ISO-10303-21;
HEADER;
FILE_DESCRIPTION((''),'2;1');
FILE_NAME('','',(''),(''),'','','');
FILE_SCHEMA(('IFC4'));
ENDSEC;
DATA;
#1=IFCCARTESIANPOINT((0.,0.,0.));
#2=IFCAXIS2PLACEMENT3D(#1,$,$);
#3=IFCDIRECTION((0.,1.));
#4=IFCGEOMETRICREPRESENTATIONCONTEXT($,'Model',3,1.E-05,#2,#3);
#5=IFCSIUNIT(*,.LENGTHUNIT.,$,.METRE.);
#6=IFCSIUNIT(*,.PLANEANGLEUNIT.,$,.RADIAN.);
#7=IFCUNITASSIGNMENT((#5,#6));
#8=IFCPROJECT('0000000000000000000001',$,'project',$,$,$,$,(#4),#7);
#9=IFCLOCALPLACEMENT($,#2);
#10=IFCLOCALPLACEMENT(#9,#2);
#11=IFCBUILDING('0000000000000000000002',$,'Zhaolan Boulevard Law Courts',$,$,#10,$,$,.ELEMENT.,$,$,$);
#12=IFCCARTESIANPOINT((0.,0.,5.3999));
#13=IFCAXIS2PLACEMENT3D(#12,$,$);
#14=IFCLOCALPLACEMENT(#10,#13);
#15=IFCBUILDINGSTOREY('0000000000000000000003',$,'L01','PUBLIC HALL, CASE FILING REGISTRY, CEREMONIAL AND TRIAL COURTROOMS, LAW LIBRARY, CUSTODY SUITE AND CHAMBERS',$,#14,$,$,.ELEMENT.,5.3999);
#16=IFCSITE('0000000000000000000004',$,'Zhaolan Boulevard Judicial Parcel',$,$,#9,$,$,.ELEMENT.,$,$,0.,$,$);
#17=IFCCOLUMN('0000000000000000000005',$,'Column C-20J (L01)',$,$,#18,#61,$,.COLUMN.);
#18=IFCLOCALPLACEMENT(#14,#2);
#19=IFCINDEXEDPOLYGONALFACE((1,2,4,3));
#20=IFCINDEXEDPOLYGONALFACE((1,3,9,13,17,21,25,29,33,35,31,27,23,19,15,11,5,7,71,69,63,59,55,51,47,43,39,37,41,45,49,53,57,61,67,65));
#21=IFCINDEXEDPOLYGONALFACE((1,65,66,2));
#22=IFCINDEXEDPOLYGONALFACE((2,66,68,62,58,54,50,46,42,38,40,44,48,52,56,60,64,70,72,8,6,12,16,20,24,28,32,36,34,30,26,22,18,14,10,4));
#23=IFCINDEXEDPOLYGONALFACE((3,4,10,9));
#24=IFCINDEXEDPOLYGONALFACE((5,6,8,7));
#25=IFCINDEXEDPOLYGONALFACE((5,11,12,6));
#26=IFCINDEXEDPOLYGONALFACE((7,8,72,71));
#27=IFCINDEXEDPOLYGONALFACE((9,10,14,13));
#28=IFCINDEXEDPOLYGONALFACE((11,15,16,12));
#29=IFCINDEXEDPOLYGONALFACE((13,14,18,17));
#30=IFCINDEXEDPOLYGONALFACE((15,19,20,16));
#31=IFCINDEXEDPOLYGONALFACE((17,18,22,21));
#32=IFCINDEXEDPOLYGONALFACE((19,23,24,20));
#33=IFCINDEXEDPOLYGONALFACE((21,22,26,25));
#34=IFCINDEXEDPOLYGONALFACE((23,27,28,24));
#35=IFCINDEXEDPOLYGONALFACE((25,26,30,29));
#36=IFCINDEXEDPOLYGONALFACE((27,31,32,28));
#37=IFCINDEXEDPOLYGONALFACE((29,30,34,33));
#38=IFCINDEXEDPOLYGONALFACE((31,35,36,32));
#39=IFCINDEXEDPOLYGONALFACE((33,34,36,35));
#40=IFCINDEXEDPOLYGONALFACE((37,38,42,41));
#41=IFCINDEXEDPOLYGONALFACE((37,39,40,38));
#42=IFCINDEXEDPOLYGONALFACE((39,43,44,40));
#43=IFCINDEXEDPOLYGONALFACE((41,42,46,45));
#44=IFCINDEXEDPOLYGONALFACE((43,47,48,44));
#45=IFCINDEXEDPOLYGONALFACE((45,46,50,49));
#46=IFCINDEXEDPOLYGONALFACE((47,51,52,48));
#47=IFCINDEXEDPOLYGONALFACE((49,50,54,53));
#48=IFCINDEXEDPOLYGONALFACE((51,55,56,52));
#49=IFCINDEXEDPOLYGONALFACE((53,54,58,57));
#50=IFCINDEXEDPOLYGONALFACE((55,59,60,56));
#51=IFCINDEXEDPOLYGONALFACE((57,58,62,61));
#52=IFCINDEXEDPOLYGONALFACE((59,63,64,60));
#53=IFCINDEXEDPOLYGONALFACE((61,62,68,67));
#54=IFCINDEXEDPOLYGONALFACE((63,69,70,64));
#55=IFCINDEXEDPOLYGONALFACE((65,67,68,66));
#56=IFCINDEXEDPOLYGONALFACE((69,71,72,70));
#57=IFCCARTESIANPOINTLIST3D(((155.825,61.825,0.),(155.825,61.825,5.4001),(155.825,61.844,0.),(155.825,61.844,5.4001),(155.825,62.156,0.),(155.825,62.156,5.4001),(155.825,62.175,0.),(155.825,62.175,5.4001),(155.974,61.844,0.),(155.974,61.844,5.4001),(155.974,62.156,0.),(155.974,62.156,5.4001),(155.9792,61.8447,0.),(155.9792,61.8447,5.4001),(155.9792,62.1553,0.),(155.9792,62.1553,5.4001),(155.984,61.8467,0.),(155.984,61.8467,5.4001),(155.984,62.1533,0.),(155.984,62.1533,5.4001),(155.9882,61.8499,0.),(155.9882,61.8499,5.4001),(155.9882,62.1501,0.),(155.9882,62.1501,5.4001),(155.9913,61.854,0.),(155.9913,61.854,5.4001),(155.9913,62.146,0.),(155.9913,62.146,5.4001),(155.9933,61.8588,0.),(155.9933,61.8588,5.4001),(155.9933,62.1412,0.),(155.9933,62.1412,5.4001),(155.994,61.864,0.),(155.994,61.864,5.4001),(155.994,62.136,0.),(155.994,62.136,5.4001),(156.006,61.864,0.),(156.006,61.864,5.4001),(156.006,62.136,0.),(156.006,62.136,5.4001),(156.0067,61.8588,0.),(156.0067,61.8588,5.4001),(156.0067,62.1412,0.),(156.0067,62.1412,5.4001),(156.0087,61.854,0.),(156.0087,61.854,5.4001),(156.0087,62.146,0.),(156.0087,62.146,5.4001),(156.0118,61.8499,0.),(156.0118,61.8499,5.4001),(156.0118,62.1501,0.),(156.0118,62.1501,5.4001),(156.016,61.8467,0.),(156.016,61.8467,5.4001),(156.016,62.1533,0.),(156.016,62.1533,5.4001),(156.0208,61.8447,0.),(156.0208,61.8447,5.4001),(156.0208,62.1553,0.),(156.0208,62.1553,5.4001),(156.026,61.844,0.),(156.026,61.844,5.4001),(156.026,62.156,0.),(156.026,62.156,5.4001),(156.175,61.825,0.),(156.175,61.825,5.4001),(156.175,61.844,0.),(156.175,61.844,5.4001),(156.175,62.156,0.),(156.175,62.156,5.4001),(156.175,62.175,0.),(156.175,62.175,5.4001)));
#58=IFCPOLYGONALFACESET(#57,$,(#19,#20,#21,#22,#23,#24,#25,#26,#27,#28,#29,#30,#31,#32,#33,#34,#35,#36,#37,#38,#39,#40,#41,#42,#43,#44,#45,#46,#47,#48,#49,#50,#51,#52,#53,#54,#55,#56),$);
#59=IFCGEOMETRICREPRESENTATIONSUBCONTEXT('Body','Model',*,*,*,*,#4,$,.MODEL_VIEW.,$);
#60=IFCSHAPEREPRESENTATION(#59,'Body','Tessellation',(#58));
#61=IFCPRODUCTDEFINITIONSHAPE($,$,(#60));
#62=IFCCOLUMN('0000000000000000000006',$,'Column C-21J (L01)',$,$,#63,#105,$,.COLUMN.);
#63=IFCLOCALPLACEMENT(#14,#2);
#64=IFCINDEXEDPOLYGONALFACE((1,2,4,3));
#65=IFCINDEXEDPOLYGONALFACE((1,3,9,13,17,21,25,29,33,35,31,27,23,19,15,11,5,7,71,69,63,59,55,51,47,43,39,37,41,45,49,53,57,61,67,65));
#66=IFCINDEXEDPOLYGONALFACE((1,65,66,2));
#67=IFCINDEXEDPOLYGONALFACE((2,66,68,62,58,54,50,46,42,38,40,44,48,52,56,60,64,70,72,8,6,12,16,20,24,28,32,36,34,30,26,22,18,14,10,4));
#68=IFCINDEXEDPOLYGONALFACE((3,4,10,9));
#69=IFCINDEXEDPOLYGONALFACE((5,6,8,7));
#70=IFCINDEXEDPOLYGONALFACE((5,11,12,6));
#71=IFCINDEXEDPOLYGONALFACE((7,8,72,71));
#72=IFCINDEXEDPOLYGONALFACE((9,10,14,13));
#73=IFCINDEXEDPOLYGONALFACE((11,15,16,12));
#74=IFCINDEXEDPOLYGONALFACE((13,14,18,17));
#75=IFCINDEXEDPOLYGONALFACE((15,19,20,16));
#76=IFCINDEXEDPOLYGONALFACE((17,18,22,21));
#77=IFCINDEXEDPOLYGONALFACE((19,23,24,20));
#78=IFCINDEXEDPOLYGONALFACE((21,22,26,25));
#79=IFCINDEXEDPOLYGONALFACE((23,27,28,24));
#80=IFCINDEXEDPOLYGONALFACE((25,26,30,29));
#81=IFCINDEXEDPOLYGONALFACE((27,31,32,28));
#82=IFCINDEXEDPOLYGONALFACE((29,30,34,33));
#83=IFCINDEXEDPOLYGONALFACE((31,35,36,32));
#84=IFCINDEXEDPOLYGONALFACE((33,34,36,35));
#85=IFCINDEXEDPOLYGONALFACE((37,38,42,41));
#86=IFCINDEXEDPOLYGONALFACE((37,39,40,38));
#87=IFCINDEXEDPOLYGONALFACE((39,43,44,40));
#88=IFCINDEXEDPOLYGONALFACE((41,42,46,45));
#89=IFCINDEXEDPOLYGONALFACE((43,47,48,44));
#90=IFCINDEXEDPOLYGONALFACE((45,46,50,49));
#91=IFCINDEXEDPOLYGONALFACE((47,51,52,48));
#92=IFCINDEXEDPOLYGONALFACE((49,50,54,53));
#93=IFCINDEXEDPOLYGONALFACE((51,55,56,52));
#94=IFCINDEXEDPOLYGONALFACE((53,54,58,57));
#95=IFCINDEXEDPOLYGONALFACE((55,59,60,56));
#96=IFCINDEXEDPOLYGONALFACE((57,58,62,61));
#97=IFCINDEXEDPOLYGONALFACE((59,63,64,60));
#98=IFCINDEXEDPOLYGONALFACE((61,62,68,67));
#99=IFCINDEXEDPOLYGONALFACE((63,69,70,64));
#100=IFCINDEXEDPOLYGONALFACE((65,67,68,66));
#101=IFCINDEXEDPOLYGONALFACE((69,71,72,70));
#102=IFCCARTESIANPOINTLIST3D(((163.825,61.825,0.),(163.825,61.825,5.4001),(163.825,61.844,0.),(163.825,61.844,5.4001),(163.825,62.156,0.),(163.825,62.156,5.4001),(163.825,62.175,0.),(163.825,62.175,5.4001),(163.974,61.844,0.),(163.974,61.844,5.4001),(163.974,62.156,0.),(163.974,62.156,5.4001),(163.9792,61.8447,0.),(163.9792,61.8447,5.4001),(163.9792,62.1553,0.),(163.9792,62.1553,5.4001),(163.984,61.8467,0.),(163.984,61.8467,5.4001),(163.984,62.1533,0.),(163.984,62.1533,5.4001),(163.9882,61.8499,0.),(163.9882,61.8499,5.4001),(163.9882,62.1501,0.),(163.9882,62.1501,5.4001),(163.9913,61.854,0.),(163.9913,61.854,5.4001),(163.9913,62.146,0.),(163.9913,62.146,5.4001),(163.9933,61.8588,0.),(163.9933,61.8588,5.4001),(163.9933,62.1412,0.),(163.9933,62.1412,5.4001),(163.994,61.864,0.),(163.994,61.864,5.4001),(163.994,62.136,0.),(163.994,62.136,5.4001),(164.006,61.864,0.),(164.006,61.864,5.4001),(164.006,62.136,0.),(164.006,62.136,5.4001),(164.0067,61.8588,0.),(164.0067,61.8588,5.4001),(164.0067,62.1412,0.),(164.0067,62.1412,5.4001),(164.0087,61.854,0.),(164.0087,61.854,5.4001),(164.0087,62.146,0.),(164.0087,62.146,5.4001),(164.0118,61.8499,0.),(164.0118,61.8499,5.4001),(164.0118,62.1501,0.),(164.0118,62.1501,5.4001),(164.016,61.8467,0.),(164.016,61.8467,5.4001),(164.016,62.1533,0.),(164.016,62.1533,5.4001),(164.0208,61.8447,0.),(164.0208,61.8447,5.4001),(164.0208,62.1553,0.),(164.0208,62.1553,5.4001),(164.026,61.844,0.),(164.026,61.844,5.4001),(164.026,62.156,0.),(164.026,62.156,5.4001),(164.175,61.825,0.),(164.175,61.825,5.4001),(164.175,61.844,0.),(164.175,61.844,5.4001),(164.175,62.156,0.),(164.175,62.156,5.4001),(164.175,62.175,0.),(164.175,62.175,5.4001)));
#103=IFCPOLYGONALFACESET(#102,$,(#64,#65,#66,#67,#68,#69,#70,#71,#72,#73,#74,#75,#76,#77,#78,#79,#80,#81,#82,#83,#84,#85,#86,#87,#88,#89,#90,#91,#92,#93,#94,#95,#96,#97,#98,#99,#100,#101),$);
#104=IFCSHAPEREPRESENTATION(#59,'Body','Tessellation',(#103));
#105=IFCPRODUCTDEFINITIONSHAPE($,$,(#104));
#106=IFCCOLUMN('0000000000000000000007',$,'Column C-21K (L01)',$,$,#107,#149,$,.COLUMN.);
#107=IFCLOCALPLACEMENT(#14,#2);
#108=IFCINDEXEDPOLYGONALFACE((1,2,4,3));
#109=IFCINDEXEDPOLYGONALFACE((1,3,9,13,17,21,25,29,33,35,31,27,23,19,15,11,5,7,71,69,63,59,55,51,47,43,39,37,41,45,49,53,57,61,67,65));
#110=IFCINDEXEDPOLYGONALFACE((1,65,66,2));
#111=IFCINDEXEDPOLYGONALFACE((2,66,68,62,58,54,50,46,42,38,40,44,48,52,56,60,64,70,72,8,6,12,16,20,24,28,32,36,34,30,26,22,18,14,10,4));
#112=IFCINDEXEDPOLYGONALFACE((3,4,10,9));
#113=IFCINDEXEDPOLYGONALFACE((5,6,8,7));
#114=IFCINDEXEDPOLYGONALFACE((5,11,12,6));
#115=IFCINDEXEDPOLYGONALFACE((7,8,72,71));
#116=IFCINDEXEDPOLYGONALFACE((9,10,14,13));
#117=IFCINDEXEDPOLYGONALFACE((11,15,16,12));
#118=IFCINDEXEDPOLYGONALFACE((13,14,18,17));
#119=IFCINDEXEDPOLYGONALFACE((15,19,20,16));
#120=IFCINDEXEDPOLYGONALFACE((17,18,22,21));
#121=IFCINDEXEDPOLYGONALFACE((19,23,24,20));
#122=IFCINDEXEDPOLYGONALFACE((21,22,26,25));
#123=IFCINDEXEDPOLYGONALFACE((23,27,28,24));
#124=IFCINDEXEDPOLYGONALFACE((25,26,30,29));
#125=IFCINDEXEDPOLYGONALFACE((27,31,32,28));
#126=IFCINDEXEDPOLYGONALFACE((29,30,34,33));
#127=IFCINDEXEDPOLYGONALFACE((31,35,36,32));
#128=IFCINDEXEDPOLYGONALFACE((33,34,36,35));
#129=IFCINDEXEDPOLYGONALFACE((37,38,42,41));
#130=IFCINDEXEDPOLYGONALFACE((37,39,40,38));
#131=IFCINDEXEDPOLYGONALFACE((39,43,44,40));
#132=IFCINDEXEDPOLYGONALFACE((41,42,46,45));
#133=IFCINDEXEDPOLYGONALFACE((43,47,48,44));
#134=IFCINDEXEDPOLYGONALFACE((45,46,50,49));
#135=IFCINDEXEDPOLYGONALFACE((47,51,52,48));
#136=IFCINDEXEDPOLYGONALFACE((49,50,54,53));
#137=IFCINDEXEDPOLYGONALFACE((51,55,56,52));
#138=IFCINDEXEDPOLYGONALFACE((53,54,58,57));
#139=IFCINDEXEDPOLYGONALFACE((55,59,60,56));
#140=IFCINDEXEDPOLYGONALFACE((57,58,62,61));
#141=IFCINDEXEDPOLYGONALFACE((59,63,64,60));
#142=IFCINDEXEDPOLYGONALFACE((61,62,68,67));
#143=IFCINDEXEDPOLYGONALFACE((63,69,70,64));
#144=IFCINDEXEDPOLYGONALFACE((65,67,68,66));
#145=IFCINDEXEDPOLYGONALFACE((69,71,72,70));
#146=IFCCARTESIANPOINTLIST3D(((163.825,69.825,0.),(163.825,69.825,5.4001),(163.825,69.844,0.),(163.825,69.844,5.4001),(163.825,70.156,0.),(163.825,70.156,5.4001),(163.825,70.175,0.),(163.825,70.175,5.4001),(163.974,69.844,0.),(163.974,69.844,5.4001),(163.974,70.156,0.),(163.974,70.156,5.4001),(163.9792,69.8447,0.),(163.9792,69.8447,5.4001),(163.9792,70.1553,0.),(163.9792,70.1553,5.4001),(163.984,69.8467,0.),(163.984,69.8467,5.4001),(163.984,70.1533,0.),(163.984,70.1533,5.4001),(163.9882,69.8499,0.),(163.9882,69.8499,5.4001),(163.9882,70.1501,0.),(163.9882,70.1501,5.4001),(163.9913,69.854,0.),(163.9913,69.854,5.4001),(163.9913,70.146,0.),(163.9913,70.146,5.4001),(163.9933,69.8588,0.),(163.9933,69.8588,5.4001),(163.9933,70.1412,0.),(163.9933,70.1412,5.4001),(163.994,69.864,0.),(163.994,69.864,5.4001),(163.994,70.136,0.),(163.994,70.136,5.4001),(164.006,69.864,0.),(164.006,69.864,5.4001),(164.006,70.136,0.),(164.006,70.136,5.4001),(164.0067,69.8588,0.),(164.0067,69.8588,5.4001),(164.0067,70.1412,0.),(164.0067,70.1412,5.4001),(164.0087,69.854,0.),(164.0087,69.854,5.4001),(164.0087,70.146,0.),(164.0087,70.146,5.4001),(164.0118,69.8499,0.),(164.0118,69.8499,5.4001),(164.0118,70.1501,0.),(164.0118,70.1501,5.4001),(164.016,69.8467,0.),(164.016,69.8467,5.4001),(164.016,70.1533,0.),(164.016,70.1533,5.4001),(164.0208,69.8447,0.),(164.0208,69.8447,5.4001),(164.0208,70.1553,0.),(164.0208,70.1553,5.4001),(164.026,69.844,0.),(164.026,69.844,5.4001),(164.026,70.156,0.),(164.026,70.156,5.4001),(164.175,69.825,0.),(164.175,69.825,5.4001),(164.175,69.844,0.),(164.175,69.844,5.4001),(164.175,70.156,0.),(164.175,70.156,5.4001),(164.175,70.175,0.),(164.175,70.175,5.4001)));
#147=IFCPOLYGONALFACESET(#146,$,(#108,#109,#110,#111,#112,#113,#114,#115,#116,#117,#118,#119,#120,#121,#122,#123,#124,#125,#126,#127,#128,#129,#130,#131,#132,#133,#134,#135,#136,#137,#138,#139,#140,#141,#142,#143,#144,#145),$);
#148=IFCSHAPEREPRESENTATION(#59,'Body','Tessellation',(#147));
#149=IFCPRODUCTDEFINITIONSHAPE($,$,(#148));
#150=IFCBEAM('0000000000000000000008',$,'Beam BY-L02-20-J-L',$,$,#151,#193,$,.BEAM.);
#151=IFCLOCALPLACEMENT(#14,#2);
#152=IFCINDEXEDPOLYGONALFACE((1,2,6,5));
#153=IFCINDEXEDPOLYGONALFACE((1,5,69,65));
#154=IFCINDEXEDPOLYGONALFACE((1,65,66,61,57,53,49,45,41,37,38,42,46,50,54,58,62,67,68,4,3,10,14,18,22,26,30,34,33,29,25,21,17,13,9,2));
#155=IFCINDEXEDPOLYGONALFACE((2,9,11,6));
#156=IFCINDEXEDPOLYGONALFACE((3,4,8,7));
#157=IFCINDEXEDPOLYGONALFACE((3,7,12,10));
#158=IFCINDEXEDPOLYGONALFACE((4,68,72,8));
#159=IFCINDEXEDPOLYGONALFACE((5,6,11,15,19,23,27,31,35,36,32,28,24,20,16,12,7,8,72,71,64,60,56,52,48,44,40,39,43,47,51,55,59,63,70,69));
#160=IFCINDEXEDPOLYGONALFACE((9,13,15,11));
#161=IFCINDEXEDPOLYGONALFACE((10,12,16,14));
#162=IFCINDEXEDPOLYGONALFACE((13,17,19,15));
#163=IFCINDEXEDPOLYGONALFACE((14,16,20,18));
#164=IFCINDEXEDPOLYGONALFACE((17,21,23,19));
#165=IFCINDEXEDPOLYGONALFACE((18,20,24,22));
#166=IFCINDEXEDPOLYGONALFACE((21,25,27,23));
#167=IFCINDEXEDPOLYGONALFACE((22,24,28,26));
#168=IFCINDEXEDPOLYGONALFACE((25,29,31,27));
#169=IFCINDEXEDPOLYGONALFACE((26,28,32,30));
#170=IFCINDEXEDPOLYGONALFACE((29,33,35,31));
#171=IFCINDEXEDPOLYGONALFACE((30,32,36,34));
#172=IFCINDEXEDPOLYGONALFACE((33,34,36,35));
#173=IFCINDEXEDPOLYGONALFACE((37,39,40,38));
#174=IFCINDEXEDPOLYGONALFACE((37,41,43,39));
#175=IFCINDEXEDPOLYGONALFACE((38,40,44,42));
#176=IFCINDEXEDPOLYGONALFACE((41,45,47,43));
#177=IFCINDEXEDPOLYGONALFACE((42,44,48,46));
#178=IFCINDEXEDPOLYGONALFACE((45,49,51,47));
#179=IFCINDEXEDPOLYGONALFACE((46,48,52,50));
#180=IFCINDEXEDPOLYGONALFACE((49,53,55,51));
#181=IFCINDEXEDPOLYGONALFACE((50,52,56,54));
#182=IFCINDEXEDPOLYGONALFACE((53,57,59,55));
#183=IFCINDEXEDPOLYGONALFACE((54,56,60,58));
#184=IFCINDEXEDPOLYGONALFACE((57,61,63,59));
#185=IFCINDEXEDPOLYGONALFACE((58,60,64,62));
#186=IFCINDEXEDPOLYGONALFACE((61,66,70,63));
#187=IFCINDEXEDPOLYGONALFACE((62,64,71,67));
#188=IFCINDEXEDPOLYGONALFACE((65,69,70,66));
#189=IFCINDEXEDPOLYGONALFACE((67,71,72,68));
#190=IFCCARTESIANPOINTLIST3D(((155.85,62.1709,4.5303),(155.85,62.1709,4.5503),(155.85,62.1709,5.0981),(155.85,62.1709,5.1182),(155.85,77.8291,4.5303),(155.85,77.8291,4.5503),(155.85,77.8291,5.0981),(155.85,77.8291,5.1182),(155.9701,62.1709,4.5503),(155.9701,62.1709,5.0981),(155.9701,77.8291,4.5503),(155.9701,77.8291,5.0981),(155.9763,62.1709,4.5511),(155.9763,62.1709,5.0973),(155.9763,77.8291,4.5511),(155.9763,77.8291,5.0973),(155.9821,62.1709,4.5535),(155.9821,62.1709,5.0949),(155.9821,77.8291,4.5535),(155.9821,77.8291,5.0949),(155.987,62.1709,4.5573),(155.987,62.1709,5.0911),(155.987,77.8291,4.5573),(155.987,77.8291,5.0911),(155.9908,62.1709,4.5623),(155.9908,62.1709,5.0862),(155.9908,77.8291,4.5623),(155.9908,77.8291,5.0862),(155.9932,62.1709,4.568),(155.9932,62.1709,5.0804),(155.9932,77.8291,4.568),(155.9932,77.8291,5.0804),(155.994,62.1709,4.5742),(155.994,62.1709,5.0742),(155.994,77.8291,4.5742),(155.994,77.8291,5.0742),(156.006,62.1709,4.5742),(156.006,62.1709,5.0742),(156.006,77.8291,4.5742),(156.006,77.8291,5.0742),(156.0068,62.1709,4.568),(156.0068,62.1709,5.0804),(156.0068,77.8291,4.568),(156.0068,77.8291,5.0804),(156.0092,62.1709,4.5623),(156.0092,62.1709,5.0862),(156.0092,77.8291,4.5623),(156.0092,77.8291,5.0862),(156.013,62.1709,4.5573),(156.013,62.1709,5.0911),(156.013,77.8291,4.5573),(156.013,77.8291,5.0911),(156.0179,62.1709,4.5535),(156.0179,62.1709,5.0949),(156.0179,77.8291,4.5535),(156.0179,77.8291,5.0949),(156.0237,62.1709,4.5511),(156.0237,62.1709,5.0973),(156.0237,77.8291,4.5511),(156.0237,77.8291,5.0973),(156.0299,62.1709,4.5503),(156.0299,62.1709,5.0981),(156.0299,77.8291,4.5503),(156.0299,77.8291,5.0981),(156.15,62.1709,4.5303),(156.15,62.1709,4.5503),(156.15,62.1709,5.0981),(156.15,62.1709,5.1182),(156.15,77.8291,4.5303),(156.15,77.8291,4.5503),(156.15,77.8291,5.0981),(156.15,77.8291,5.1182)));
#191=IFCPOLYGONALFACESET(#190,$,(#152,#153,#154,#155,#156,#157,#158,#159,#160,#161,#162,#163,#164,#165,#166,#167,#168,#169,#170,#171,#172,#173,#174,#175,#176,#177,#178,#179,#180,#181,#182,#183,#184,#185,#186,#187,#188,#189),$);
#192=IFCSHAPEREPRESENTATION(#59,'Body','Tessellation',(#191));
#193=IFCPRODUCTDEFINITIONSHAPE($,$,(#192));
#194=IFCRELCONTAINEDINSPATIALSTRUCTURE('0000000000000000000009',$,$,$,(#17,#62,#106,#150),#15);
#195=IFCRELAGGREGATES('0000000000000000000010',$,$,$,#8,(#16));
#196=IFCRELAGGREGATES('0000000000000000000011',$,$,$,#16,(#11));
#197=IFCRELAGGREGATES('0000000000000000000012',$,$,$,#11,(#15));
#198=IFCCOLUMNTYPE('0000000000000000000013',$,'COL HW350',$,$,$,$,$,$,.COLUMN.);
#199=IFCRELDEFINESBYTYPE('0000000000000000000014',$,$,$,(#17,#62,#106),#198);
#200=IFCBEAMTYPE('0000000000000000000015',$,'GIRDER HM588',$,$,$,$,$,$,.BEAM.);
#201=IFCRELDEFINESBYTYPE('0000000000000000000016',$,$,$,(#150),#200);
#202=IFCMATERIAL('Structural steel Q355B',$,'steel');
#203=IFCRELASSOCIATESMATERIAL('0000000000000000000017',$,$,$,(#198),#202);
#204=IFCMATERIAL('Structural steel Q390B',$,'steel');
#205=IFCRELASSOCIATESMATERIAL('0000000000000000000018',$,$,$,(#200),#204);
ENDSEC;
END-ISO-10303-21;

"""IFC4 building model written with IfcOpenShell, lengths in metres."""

from ifc_helpers import new_model, si_unit, direction, frame, origin, origin_2d, place, context, subcontext, project, spatial, i_section, extrude, material, material_profile, profile_set, type_object, element, save


model = new_model("IFC4")

# Units and contexts
model_context = context("Model", 3, precision=1e-05, world=origin(), true_north=direction((0.0, 1.0)))
body_context = subcontext(model_context, "Body", "Model", "MODEL_VIEW")
ifc_project = project(units=[si_unit("LENGTHUNIT", "METRE"), si_unit("PLANEANGLEUNIT", "RADIAN")], contexts=[model_context])

# Site, building, storey
site_placement = place(None, origin())
site = spatial("IfcSite", under=ifc_project, at=site_placement, Name="Zhaolan Boulevard Judicial Parcel", CompositionType="ELEMENT", RefElevation=0.0)
building_placement = place(site_placement, origin())
building = spatial("IfcBuilding", under=site, at=building_placement, Name="Zhaolan Boulevard Law Courts", CompositionType="ELEMENT")
storey_placement = place(building_placement, frame((0.0, 0.0, 5.3999)))
storey = spatial("IfcBuildingStorey", under=building, at=storey_placement, Name="L01", Description="PUBLIC HALL, CASE FILING REGISTRY, CEREMONIAL AND TRIAL COURTROOMS, LAW LIBRARY, CUSTODY SUITE AND CHAMBERS", CompositionType="ELEMENT", Elevation=5.3999)

# Columns
ifc_material_1 = material(Name="Structural steel Q355B", Category="steel")
ifc_material_profile_1 = material_profile(ifc_material_1, i_section(OverallWidth=0.3501, OverallDepth=0.3501, WebThickness=0.012, FlangeThickness=0.019, FilletRadius=0.02, at=origin_2d()), Name="HW350x350")
ifc_profile_set_1 = profile_set([ifc_material_profile_1], Name="Structural steel Q355B")
column_type = type_object("IfcColumnType", Name="COL HW350", PredefinedType="COLUMN", material=ifc_profile_set_1)
for number, where, z_axis, x_axis, name in (
    (1, (156.0, 62.0, 0.0), (0.0, 0.0, 1.0), (1.0, 0.0, 0.0), "Column C-20J (L01)"),
    (2, (164.0, 62.0, 0.0), (0.0, 0.0, 1.0), (1.0, 0.0, 0.0), "Column C-21J (L01)"),
    (3, (164.0, 70.0, 0.0), (0.0, 0.0, 1.0), (1.0, 0.0, 0.0), "Column C-21K (L01)"),
):
    element("IfcColumn", number, at=place(storey_placement, frame(where, z_axis=z_axis, x_axis=x_axis)), inside=storey, type_object=column_type, Name=name, PredefinedType="COLUMN", context=body_context, shape_type="SweptSolid", body=[
        extrude(i_section(OverallWidth=0.3501, OverallDepth=0.3501, WebThickness=0.012, FlangeThickness=0.019, FilletRadius=0.02, at=origin_2d()), origin(), (0.0, 0.0, 1.0), 5.4001),
    ])

# Beam
ifc_material_2 = material(Name="Structural steel Q390B", Category="steel")
ifc_material_profile_2 = material_profile(ifc_material_2, i_section(OverallWidth=0.3, OverallDepth=0.5879, WebThickness=0.012, FlangeThickness=0.02, FilletRadius=0.0239, at=origin_2d()), Name="HM588x300")
ifc_profile_set_2 = profile_set([ifc_material_profile_2], Name="Structural steel Q390B")
beam_type_1 = type_object("IfcBeamType", Name="GIRDER HM588", PredefinedType="BEAM", material=ifc_profile_set_2)
beam_1_placement = place(storey_placement, frame((156.0, 62.1709, 4.8242), z_axis=(0.0, 1.0, 0.0), x_axis=(-1.0, 0.0, 0.0)))
element("IfcBeam", 4, at=beam_1_placement, inside=storey, type_object=beam_type_1, Name="Beam BY-L02-20-J-L", PredefinedType="BEAM", context=body_context, shape_type="SweptSolid", body=[
    extrude(i_section(OverallWidth=0.3, OverallDepth=0.5879, WebThickness=0.012, FlangeThickness=0.02, FilletRadius=0.0239, at=origin_2d()), origin(), (0.0, 0.0, 1.0), 15.6582),
])

save(model, "model.ifc")
